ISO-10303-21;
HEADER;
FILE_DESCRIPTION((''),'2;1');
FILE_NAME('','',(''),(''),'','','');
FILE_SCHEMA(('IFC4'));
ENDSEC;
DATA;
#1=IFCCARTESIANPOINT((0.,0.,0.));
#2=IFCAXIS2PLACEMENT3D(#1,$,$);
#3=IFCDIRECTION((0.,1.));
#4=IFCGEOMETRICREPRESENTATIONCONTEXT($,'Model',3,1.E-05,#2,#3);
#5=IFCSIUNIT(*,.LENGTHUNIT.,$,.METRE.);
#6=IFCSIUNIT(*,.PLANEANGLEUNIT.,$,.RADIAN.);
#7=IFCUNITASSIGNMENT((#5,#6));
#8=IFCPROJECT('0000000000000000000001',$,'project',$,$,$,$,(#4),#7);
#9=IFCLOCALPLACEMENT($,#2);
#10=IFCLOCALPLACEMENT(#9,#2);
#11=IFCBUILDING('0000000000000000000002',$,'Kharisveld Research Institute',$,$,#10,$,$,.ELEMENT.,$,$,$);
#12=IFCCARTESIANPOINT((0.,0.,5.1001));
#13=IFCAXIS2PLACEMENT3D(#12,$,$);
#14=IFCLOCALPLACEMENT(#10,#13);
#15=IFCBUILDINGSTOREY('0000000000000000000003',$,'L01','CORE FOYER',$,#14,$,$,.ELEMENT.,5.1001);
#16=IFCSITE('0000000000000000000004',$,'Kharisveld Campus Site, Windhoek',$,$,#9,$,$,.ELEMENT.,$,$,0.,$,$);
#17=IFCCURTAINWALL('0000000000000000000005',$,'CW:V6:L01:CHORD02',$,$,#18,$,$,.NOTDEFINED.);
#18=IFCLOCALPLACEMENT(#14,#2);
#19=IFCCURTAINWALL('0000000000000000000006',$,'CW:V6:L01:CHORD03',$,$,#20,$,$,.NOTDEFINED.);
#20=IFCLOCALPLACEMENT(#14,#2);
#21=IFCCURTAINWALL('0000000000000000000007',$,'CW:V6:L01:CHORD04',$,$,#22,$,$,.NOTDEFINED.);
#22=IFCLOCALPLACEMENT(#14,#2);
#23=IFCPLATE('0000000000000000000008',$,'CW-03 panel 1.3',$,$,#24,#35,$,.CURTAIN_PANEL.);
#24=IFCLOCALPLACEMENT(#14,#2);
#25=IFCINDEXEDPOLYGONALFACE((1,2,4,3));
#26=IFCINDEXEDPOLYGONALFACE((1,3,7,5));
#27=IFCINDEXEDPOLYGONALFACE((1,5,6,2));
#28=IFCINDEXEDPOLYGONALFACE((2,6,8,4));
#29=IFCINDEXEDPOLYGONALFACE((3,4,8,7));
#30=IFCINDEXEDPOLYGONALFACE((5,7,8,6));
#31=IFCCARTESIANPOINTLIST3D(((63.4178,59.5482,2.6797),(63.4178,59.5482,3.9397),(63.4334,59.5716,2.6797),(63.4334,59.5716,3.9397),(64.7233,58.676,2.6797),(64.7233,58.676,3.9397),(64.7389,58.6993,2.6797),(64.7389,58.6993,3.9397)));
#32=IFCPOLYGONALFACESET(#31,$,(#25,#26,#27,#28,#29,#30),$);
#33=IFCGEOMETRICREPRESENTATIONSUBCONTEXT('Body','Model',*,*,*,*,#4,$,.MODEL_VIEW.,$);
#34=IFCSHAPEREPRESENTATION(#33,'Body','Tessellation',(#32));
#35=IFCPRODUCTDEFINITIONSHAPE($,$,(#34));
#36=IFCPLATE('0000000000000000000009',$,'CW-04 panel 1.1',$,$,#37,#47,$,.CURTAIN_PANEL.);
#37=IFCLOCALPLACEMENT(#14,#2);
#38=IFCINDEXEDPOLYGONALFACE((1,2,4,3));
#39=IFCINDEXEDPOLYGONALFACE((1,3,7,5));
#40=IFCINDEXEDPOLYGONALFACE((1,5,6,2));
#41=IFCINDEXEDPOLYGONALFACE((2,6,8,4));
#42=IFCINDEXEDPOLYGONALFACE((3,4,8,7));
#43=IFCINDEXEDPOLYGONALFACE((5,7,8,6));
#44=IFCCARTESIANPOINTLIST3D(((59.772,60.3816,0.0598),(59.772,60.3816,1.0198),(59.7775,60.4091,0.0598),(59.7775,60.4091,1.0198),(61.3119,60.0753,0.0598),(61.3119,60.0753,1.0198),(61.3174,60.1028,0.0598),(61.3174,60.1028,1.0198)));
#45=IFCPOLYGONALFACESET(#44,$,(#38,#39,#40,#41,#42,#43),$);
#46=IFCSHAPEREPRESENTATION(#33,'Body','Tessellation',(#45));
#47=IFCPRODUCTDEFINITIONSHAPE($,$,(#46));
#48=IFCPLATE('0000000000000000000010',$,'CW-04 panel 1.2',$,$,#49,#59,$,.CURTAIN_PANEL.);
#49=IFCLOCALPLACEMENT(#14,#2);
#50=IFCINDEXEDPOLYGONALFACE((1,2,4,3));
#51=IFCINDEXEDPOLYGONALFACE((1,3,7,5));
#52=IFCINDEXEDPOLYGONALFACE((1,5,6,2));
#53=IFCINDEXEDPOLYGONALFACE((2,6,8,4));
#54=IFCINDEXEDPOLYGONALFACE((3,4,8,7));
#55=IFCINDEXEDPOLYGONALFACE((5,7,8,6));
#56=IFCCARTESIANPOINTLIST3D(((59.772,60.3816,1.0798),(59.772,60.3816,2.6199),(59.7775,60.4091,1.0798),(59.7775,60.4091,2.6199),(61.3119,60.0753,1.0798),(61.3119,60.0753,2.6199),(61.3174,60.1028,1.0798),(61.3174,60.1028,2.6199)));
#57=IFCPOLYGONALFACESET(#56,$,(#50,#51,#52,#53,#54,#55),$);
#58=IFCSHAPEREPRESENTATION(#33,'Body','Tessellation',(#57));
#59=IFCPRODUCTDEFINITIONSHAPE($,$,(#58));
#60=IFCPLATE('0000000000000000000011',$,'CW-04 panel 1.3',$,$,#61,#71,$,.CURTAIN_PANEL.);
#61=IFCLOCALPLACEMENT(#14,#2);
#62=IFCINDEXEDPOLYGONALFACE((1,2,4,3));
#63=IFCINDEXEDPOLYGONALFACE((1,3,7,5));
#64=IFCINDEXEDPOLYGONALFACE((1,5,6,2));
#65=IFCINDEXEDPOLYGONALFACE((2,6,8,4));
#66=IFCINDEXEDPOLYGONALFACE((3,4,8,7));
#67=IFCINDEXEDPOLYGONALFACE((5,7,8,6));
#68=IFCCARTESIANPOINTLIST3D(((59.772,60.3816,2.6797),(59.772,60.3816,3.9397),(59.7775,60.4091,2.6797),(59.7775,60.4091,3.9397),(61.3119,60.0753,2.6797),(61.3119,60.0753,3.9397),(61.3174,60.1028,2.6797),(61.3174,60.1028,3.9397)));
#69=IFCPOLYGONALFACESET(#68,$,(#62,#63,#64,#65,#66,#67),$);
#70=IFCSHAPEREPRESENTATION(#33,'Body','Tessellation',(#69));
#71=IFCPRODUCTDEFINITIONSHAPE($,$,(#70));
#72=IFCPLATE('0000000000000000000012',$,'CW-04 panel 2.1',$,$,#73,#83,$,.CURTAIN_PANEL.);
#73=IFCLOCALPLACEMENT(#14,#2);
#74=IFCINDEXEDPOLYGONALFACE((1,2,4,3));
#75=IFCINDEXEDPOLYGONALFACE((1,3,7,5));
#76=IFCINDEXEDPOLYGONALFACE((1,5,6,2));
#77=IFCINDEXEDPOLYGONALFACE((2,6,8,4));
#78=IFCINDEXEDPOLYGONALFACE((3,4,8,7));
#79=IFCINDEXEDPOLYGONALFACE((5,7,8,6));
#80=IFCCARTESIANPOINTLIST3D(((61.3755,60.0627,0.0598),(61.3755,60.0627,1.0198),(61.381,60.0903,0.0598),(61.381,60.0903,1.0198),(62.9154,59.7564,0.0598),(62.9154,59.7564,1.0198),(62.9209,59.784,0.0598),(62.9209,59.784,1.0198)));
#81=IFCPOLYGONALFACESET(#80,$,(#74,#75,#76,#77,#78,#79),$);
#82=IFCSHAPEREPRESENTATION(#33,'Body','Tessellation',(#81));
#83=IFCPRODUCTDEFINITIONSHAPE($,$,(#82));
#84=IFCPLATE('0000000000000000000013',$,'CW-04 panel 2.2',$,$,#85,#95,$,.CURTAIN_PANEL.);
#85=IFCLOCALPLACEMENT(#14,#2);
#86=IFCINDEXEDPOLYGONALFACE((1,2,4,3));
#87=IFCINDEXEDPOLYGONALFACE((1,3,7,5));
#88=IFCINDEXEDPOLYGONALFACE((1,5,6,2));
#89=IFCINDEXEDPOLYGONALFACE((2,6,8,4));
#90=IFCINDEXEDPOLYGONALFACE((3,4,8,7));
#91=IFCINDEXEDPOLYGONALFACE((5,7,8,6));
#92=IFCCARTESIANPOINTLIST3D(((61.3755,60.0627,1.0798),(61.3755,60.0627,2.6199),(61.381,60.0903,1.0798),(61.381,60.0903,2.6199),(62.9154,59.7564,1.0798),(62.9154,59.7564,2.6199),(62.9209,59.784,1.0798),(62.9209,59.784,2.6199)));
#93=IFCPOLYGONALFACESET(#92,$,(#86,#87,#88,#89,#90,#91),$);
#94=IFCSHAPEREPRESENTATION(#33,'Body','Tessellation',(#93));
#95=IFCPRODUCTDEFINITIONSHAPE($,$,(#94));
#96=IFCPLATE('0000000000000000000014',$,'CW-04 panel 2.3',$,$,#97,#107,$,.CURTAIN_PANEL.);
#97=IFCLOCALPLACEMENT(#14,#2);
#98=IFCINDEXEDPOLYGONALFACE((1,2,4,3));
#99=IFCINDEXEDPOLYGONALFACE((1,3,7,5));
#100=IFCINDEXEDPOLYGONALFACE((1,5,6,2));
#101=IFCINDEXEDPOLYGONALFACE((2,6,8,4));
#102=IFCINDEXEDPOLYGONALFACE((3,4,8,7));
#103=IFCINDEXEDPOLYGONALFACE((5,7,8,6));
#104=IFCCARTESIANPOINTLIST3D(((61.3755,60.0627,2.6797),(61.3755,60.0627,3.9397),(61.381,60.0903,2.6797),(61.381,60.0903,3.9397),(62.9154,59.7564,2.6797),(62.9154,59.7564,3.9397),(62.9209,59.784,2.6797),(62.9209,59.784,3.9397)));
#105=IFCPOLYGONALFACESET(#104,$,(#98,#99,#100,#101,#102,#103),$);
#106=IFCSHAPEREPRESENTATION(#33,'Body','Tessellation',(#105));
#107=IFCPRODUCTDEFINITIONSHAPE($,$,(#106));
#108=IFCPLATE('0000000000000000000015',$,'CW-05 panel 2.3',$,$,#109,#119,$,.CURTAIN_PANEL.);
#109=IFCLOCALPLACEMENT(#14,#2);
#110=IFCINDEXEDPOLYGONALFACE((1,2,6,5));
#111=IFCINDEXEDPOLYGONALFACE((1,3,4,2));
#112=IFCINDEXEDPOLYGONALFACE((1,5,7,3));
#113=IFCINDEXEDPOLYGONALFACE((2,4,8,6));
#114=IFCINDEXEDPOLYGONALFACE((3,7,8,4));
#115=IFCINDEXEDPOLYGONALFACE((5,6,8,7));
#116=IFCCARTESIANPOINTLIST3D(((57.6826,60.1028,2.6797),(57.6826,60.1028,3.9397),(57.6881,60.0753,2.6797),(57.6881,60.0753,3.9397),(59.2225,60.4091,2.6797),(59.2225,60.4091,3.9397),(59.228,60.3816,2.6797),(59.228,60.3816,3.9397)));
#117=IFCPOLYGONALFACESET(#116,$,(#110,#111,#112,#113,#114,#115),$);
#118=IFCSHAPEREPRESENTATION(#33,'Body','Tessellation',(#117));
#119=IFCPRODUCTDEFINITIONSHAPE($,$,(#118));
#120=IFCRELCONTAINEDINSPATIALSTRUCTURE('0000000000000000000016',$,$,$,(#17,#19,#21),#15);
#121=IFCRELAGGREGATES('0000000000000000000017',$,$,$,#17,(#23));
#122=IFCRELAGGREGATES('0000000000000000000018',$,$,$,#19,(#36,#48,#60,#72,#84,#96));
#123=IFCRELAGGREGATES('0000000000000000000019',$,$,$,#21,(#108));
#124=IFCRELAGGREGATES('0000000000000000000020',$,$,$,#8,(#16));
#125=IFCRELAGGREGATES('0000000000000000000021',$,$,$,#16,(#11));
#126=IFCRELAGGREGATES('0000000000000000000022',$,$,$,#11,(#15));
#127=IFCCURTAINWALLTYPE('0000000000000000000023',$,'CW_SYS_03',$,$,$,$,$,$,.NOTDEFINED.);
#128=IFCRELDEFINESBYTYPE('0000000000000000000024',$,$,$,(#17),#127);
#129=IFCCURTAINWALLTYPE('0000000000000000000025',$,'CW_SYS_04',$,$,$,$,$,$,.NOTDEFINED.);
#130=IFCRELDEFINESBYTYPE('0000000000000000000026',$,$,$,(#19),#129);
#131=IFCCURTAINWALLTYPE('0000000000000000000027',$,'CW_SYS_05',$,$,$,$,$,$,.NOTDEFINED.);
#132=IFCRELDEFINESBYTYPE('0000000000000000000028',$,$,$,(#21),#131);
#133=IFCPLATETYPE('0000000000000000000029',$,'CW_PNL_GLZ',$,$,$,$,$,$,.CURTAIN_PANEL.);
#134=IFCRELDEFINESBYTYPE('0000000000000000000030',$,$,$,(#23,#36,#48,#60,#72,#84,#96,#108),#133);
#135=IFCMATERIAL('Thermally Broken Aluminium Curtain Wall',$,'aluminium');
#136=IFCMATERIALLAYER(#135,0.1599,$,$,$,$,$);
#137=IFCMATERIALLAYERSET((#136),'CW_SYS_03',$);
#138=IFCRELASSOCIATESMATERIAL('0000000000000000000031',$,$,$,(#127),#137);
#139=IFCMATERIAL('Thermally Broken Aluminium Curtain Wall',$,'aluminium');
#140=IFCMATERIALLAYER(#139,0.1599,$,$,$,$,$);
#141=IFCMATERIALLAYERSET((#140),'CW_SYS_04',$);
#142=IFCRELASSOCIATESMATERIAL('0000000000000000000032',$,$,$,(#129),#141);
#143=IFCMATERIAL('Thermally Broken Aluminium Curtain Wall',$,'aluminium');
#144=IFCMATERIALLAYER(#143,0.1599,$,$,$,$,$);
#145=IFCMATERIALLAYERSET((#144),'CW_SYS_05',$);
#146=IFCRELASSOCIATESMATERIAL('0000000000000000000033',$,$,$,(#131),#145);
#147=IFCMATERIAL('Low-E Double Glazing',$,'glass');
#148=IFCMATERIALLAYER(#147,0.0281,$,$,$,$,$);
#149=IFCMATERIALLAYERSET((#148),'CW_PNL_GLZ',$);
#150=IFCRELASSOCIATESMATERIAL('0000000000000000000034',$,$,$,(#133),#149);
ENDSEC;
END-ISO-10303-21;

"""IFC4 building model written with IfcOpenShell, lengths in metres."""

from ifc_helpers import new_model, si_unit, direction, frame, origin, origin_2d, place, context, subcontext, project, spatial, rectangle, extrude, material, layer, layer_set, type_object, element, aggregate, save


model = new_model("IFC4")

# Units and contexts
model_context = context("Model", 3, precision=1e-05, world=origin(), true_north=direction((0.0, 1.0)))
body_context = subcontext(model_context, "Body", "Model", "MODEL_VIEW")
ifc_project = project(units=[si_unit("LENGTHUNIT", "METRE"), si_unit("PLANEANGLEUNIT", "RADIAN")], contexts=[model_context])

# Site, building, storey
site_placement = place(None, origin())
site = spatial("IfcSite", under=ifc_project, at=site_placement, Name="Kharisveld Campus Site, Windhoek", CompositionType="ELEMENT", RefElevation=0.0)
building_placement = place(site_placement, origin())
building = spatial("IfcBuilding", under=site, at=building_placement, Name="Kharisveld Research Institute", CompositionType="ELEMENT")
storey_placement = place(building_placement, frame((0.0, 0.0, 5.1001)))
storey = spatial("IfcBuildingStorey", under=building, at=storey_placement, Name="L01", Description="CORE FOYER", CompositionType="ELEMENT", Elevation=5.1001)

# Curtain walls
ifc_material_1 = material(Name="Thermally Broken Aluminium Curtain Wall", Category="aluminium")
ifc_layer_1 = layer(ifc_material_1, 0.1599)
ifc_layer_set_1 = layer_set([ifc_layer_1], Name="CW_SYS_03")
curtain_wall_type_1 = type_object("IfcCurtainWallType", Name="CW_SYS_03", PredefinedType="NOTDEFINED", material=ifc_layer_set_1)
curtain_wall_1_placement = place(storey_placement, origin())
curtain_wall_1 = element("IfcCurtainWall", 1, at=curtain_wall_1_placement, inside=storey, type_object=curtain_wall_type_1, Name="CW:V6:L01:CHORD02", PredefinedType="NOTDEFINED")
ifc_material_2 = material(Name="Thermally Broken Aluminium Curtain Wall", Category="aluminium")
ifc_layer_2 = layer(ifc_material_2, 0.1599)
ifc_layer_set_2 = layer_set([ifc_layer_2], Name="CW_SYS_04")
curtain_wall_type_2 = type_object("IfcCurtainWallType", Name="CW_SYS_04", PredefinedType="NOTDEFINED", material=ifc_layer_set_2)
curtain_wall_2_placement = place(storey_placement, origin())
curtain_wall_2 = element("IfcCurtainWall", 2, at=curtain_wall_2_placement, inside=storey, type_object=curtain_wall_type_2, Name="CW:V6:L01:CHORD03", PredefinedType="NOTDEFINED")

# Curtain wall
ifc_material_3 = material(Name="Thermally Broken Aluminium Curtain Wall", Category="aluminium")
ifc_layer_3 = layer(ifc_material_3, 0.1599)
ifc_layer_set_3 = layer_set([ifc_layer_3], Name="CW_SYS_05")
curtain_wall_type_3 = type_object("IfcCurtainWallType", Name="CW_SYS_05", PredefinedType="NOTDEFINED", material=ifc_layer_set_3)
curtain_wall_3_placement = place(storey_placement, origin())
curtain_wall_3 = element("IfcCurtainWall", 3, at=curtain_wall_3_placement, inside=storey, type_object=curtain_wall_type_3, Name="CW:V6:L01:CHORD04", PredefinedType="NOTDEFINED")

# Plates
ifc_material_4 = material(Name="Low-E Double Glazing", Category="glass")
ifc_layer_4 = layer(ifc_material_4, 0.0281)
ifc_layer_set_4 = layer_set([ifc_layer_4], Name="CW_PNL_GLZ")
plate_type = type_object("IfcPlateType", Name="CW_PNL_GLZ", PredefinedType="CURTAIN_PANEL", material=ifc_layer_set_4)
plate_1_placement = place(storey_placement, frame((64.0784, 59.1238, 2.6797), z_axis=(0.0, 0.0, 1.0), x_axis=(0.83147, -0.55557, 0.0)))
plate_1 = element("IfcPlate", 4, at=plate_1_placement, type_object=plate_type, Name="CW-03 panel 1.3", PredefinedType="CURTAIN_PANEL", context=body_context, shape_type="SweptSolid", body=[
    extrude(rectangle(XDim=1.5701, YDim=0.0281, at=origin_2d()), origin(), (0.0, 0.0, 1.0), 1.26),
])
aggregate(curtain_wall_1, [plate_1])
plate_2_placement = place(storey_placement, frame((60.5447, 60.2422, 0.0598), z_axis=(0.0, 0.0, 1.0), x_axis=(0.980785, -0.195091, 0.0)))
plate_2 = element("IfcPlate", 5, at=plate_2_placement, type_object=plate_type, Name="CW-04 panel 1.1", PredefinedType="CURTAIN_PANEL", context=body_context, shape_type="SweptSolid", body=[
    extrude(rectangle(XDim=1.5701, YDim=0.0281, at=origin_2d()), origin(), (0.0, 0.0, 1.0), 0.96),
])
plate_3_placement = place(storey_placement, frame((60.5447, 60.2422, 1.0798), z_axis=(0.0, 0.0, 1.0), x_axis=(0.980785, -0.195091, 0.0)))
plate_3 = element("IfcPlate", 6, at=plate_3_placement, type_object=plate_type, Name="CW-04 panel 1.2", PredefinedType="CURTAIN_PANEL", context=body_context, shape_type="SweptSolid", body=[
    extrude(rectangle(XDim=1.5701, YDim=0.0281, at=origin_2d()), origin(), (0.0, 0.0, 1.0), 1.54),
])
plate_4_placement = place(storey_placement, frame((60.5447, 60.2422, 2.6797), z_axis=(0.0, 0.0, 1.0), x_axis=(0.980785, -0.195091, 0.0)))
plate_4 = element("IfcPlate", 7, at=plate_4_placement, type_object=plate_type, Name="CW-04 panel 1.3", PredefinedType="CURTAIN_PANEL", context=body_context, shape_type="SweptSolid", body=[
    extrude(rectangle(XDim=1.5701, YDim=0.0281, at=origin_2d()), origin(), (0.0, 0.0, 1.0), 1.26),
])
plate_5_placement = place(storey_placement, frame((62.1482, 59.9233, 0.0598), z_axis=(0.0, 0.0, 1.0), x_axis=(0.980785, -0.195091, 0.0)))
plate_5 = element("IfcPlate", 8, at=plate_5_placement, type_object=plate_type, Name="CW-04 panel 2.1", PredefinedType="CURTAIN_PANEL", context=body_context, shape_type="SweptSolid", body=[
    extrude(rectangle(XDim=1.5701, YDim=0.0281, at=origin_2d()), origin(), (0.0, 0.0, 1.0), 0.96),
])
plate_6_placement = place(storey_placement, frame((62.1482, 59.9233, 1.0798), z_axis=(0.0, 0.0, 1.0), x_axis=(0.980785, -0.195091, 0.0)))
plate_6 = element("IfcPlate", 9, at=plate_6_placement, type_object=plate_type, Name="CW-04 panel 2.2", PredefinedType="CURTAIN_PANEL", context=body_context, shape_type="SweptSolid", body=[
    extrude(rectangle(XDim=1.5701, YDim=0.0281, at=origin_2d()), origin(), (0.0, 0.0, 1.0), 1.54),
])
plate_7_placement = place(storey_placement, frame((62.1482, 59.9233, 2.6797), z_axis=(0.0, 0.0, 1.0), x_axis=(0.980785, -0.195091, 0.0)))
plate_7 = element("IfcPlate", 10, at=plate_7_placement, type_object=plate_type, Name="CW-04 panel 2.3", PredefinedType="CURTAIN_PANEL", context=body_context, shape_type="SweptSolid", body=[
    extrude(rectangle(XDim=1.5701, YDim=0.0281, at=origin_2d()), origin(), (0.0, 0.0, 1.0), 1.26),
])
aggregate(curtain_wall_2, [plate_2, plate_3, plate_4, plate_5, plate_6, plate_7])
plate_8_placement = place(storey_placement, frame((58.4553, 60.2422, 2.6797), z_axis=(0.0, 0.0, 1.0), x_axis=(0.980785, 0.195091, 0.0)))
plate_8 = element("IfcPlate", 11, at=plate_8_placement, type_object=plate_type, Name="CW-05 panel 2.3", PredefinedType="CURTAIN_PANEL", context=body_context, shape_type="SweptSolid", body=[
    extrude(rectangle(XDim=1.5701, YDim=0.0281, at=origin_2d()), origin(), (0.0, 0.0, 1.0), 1.26),
])
aggregate(curtain_wall_3, [plate_8])

save(model, "model.ifc")
